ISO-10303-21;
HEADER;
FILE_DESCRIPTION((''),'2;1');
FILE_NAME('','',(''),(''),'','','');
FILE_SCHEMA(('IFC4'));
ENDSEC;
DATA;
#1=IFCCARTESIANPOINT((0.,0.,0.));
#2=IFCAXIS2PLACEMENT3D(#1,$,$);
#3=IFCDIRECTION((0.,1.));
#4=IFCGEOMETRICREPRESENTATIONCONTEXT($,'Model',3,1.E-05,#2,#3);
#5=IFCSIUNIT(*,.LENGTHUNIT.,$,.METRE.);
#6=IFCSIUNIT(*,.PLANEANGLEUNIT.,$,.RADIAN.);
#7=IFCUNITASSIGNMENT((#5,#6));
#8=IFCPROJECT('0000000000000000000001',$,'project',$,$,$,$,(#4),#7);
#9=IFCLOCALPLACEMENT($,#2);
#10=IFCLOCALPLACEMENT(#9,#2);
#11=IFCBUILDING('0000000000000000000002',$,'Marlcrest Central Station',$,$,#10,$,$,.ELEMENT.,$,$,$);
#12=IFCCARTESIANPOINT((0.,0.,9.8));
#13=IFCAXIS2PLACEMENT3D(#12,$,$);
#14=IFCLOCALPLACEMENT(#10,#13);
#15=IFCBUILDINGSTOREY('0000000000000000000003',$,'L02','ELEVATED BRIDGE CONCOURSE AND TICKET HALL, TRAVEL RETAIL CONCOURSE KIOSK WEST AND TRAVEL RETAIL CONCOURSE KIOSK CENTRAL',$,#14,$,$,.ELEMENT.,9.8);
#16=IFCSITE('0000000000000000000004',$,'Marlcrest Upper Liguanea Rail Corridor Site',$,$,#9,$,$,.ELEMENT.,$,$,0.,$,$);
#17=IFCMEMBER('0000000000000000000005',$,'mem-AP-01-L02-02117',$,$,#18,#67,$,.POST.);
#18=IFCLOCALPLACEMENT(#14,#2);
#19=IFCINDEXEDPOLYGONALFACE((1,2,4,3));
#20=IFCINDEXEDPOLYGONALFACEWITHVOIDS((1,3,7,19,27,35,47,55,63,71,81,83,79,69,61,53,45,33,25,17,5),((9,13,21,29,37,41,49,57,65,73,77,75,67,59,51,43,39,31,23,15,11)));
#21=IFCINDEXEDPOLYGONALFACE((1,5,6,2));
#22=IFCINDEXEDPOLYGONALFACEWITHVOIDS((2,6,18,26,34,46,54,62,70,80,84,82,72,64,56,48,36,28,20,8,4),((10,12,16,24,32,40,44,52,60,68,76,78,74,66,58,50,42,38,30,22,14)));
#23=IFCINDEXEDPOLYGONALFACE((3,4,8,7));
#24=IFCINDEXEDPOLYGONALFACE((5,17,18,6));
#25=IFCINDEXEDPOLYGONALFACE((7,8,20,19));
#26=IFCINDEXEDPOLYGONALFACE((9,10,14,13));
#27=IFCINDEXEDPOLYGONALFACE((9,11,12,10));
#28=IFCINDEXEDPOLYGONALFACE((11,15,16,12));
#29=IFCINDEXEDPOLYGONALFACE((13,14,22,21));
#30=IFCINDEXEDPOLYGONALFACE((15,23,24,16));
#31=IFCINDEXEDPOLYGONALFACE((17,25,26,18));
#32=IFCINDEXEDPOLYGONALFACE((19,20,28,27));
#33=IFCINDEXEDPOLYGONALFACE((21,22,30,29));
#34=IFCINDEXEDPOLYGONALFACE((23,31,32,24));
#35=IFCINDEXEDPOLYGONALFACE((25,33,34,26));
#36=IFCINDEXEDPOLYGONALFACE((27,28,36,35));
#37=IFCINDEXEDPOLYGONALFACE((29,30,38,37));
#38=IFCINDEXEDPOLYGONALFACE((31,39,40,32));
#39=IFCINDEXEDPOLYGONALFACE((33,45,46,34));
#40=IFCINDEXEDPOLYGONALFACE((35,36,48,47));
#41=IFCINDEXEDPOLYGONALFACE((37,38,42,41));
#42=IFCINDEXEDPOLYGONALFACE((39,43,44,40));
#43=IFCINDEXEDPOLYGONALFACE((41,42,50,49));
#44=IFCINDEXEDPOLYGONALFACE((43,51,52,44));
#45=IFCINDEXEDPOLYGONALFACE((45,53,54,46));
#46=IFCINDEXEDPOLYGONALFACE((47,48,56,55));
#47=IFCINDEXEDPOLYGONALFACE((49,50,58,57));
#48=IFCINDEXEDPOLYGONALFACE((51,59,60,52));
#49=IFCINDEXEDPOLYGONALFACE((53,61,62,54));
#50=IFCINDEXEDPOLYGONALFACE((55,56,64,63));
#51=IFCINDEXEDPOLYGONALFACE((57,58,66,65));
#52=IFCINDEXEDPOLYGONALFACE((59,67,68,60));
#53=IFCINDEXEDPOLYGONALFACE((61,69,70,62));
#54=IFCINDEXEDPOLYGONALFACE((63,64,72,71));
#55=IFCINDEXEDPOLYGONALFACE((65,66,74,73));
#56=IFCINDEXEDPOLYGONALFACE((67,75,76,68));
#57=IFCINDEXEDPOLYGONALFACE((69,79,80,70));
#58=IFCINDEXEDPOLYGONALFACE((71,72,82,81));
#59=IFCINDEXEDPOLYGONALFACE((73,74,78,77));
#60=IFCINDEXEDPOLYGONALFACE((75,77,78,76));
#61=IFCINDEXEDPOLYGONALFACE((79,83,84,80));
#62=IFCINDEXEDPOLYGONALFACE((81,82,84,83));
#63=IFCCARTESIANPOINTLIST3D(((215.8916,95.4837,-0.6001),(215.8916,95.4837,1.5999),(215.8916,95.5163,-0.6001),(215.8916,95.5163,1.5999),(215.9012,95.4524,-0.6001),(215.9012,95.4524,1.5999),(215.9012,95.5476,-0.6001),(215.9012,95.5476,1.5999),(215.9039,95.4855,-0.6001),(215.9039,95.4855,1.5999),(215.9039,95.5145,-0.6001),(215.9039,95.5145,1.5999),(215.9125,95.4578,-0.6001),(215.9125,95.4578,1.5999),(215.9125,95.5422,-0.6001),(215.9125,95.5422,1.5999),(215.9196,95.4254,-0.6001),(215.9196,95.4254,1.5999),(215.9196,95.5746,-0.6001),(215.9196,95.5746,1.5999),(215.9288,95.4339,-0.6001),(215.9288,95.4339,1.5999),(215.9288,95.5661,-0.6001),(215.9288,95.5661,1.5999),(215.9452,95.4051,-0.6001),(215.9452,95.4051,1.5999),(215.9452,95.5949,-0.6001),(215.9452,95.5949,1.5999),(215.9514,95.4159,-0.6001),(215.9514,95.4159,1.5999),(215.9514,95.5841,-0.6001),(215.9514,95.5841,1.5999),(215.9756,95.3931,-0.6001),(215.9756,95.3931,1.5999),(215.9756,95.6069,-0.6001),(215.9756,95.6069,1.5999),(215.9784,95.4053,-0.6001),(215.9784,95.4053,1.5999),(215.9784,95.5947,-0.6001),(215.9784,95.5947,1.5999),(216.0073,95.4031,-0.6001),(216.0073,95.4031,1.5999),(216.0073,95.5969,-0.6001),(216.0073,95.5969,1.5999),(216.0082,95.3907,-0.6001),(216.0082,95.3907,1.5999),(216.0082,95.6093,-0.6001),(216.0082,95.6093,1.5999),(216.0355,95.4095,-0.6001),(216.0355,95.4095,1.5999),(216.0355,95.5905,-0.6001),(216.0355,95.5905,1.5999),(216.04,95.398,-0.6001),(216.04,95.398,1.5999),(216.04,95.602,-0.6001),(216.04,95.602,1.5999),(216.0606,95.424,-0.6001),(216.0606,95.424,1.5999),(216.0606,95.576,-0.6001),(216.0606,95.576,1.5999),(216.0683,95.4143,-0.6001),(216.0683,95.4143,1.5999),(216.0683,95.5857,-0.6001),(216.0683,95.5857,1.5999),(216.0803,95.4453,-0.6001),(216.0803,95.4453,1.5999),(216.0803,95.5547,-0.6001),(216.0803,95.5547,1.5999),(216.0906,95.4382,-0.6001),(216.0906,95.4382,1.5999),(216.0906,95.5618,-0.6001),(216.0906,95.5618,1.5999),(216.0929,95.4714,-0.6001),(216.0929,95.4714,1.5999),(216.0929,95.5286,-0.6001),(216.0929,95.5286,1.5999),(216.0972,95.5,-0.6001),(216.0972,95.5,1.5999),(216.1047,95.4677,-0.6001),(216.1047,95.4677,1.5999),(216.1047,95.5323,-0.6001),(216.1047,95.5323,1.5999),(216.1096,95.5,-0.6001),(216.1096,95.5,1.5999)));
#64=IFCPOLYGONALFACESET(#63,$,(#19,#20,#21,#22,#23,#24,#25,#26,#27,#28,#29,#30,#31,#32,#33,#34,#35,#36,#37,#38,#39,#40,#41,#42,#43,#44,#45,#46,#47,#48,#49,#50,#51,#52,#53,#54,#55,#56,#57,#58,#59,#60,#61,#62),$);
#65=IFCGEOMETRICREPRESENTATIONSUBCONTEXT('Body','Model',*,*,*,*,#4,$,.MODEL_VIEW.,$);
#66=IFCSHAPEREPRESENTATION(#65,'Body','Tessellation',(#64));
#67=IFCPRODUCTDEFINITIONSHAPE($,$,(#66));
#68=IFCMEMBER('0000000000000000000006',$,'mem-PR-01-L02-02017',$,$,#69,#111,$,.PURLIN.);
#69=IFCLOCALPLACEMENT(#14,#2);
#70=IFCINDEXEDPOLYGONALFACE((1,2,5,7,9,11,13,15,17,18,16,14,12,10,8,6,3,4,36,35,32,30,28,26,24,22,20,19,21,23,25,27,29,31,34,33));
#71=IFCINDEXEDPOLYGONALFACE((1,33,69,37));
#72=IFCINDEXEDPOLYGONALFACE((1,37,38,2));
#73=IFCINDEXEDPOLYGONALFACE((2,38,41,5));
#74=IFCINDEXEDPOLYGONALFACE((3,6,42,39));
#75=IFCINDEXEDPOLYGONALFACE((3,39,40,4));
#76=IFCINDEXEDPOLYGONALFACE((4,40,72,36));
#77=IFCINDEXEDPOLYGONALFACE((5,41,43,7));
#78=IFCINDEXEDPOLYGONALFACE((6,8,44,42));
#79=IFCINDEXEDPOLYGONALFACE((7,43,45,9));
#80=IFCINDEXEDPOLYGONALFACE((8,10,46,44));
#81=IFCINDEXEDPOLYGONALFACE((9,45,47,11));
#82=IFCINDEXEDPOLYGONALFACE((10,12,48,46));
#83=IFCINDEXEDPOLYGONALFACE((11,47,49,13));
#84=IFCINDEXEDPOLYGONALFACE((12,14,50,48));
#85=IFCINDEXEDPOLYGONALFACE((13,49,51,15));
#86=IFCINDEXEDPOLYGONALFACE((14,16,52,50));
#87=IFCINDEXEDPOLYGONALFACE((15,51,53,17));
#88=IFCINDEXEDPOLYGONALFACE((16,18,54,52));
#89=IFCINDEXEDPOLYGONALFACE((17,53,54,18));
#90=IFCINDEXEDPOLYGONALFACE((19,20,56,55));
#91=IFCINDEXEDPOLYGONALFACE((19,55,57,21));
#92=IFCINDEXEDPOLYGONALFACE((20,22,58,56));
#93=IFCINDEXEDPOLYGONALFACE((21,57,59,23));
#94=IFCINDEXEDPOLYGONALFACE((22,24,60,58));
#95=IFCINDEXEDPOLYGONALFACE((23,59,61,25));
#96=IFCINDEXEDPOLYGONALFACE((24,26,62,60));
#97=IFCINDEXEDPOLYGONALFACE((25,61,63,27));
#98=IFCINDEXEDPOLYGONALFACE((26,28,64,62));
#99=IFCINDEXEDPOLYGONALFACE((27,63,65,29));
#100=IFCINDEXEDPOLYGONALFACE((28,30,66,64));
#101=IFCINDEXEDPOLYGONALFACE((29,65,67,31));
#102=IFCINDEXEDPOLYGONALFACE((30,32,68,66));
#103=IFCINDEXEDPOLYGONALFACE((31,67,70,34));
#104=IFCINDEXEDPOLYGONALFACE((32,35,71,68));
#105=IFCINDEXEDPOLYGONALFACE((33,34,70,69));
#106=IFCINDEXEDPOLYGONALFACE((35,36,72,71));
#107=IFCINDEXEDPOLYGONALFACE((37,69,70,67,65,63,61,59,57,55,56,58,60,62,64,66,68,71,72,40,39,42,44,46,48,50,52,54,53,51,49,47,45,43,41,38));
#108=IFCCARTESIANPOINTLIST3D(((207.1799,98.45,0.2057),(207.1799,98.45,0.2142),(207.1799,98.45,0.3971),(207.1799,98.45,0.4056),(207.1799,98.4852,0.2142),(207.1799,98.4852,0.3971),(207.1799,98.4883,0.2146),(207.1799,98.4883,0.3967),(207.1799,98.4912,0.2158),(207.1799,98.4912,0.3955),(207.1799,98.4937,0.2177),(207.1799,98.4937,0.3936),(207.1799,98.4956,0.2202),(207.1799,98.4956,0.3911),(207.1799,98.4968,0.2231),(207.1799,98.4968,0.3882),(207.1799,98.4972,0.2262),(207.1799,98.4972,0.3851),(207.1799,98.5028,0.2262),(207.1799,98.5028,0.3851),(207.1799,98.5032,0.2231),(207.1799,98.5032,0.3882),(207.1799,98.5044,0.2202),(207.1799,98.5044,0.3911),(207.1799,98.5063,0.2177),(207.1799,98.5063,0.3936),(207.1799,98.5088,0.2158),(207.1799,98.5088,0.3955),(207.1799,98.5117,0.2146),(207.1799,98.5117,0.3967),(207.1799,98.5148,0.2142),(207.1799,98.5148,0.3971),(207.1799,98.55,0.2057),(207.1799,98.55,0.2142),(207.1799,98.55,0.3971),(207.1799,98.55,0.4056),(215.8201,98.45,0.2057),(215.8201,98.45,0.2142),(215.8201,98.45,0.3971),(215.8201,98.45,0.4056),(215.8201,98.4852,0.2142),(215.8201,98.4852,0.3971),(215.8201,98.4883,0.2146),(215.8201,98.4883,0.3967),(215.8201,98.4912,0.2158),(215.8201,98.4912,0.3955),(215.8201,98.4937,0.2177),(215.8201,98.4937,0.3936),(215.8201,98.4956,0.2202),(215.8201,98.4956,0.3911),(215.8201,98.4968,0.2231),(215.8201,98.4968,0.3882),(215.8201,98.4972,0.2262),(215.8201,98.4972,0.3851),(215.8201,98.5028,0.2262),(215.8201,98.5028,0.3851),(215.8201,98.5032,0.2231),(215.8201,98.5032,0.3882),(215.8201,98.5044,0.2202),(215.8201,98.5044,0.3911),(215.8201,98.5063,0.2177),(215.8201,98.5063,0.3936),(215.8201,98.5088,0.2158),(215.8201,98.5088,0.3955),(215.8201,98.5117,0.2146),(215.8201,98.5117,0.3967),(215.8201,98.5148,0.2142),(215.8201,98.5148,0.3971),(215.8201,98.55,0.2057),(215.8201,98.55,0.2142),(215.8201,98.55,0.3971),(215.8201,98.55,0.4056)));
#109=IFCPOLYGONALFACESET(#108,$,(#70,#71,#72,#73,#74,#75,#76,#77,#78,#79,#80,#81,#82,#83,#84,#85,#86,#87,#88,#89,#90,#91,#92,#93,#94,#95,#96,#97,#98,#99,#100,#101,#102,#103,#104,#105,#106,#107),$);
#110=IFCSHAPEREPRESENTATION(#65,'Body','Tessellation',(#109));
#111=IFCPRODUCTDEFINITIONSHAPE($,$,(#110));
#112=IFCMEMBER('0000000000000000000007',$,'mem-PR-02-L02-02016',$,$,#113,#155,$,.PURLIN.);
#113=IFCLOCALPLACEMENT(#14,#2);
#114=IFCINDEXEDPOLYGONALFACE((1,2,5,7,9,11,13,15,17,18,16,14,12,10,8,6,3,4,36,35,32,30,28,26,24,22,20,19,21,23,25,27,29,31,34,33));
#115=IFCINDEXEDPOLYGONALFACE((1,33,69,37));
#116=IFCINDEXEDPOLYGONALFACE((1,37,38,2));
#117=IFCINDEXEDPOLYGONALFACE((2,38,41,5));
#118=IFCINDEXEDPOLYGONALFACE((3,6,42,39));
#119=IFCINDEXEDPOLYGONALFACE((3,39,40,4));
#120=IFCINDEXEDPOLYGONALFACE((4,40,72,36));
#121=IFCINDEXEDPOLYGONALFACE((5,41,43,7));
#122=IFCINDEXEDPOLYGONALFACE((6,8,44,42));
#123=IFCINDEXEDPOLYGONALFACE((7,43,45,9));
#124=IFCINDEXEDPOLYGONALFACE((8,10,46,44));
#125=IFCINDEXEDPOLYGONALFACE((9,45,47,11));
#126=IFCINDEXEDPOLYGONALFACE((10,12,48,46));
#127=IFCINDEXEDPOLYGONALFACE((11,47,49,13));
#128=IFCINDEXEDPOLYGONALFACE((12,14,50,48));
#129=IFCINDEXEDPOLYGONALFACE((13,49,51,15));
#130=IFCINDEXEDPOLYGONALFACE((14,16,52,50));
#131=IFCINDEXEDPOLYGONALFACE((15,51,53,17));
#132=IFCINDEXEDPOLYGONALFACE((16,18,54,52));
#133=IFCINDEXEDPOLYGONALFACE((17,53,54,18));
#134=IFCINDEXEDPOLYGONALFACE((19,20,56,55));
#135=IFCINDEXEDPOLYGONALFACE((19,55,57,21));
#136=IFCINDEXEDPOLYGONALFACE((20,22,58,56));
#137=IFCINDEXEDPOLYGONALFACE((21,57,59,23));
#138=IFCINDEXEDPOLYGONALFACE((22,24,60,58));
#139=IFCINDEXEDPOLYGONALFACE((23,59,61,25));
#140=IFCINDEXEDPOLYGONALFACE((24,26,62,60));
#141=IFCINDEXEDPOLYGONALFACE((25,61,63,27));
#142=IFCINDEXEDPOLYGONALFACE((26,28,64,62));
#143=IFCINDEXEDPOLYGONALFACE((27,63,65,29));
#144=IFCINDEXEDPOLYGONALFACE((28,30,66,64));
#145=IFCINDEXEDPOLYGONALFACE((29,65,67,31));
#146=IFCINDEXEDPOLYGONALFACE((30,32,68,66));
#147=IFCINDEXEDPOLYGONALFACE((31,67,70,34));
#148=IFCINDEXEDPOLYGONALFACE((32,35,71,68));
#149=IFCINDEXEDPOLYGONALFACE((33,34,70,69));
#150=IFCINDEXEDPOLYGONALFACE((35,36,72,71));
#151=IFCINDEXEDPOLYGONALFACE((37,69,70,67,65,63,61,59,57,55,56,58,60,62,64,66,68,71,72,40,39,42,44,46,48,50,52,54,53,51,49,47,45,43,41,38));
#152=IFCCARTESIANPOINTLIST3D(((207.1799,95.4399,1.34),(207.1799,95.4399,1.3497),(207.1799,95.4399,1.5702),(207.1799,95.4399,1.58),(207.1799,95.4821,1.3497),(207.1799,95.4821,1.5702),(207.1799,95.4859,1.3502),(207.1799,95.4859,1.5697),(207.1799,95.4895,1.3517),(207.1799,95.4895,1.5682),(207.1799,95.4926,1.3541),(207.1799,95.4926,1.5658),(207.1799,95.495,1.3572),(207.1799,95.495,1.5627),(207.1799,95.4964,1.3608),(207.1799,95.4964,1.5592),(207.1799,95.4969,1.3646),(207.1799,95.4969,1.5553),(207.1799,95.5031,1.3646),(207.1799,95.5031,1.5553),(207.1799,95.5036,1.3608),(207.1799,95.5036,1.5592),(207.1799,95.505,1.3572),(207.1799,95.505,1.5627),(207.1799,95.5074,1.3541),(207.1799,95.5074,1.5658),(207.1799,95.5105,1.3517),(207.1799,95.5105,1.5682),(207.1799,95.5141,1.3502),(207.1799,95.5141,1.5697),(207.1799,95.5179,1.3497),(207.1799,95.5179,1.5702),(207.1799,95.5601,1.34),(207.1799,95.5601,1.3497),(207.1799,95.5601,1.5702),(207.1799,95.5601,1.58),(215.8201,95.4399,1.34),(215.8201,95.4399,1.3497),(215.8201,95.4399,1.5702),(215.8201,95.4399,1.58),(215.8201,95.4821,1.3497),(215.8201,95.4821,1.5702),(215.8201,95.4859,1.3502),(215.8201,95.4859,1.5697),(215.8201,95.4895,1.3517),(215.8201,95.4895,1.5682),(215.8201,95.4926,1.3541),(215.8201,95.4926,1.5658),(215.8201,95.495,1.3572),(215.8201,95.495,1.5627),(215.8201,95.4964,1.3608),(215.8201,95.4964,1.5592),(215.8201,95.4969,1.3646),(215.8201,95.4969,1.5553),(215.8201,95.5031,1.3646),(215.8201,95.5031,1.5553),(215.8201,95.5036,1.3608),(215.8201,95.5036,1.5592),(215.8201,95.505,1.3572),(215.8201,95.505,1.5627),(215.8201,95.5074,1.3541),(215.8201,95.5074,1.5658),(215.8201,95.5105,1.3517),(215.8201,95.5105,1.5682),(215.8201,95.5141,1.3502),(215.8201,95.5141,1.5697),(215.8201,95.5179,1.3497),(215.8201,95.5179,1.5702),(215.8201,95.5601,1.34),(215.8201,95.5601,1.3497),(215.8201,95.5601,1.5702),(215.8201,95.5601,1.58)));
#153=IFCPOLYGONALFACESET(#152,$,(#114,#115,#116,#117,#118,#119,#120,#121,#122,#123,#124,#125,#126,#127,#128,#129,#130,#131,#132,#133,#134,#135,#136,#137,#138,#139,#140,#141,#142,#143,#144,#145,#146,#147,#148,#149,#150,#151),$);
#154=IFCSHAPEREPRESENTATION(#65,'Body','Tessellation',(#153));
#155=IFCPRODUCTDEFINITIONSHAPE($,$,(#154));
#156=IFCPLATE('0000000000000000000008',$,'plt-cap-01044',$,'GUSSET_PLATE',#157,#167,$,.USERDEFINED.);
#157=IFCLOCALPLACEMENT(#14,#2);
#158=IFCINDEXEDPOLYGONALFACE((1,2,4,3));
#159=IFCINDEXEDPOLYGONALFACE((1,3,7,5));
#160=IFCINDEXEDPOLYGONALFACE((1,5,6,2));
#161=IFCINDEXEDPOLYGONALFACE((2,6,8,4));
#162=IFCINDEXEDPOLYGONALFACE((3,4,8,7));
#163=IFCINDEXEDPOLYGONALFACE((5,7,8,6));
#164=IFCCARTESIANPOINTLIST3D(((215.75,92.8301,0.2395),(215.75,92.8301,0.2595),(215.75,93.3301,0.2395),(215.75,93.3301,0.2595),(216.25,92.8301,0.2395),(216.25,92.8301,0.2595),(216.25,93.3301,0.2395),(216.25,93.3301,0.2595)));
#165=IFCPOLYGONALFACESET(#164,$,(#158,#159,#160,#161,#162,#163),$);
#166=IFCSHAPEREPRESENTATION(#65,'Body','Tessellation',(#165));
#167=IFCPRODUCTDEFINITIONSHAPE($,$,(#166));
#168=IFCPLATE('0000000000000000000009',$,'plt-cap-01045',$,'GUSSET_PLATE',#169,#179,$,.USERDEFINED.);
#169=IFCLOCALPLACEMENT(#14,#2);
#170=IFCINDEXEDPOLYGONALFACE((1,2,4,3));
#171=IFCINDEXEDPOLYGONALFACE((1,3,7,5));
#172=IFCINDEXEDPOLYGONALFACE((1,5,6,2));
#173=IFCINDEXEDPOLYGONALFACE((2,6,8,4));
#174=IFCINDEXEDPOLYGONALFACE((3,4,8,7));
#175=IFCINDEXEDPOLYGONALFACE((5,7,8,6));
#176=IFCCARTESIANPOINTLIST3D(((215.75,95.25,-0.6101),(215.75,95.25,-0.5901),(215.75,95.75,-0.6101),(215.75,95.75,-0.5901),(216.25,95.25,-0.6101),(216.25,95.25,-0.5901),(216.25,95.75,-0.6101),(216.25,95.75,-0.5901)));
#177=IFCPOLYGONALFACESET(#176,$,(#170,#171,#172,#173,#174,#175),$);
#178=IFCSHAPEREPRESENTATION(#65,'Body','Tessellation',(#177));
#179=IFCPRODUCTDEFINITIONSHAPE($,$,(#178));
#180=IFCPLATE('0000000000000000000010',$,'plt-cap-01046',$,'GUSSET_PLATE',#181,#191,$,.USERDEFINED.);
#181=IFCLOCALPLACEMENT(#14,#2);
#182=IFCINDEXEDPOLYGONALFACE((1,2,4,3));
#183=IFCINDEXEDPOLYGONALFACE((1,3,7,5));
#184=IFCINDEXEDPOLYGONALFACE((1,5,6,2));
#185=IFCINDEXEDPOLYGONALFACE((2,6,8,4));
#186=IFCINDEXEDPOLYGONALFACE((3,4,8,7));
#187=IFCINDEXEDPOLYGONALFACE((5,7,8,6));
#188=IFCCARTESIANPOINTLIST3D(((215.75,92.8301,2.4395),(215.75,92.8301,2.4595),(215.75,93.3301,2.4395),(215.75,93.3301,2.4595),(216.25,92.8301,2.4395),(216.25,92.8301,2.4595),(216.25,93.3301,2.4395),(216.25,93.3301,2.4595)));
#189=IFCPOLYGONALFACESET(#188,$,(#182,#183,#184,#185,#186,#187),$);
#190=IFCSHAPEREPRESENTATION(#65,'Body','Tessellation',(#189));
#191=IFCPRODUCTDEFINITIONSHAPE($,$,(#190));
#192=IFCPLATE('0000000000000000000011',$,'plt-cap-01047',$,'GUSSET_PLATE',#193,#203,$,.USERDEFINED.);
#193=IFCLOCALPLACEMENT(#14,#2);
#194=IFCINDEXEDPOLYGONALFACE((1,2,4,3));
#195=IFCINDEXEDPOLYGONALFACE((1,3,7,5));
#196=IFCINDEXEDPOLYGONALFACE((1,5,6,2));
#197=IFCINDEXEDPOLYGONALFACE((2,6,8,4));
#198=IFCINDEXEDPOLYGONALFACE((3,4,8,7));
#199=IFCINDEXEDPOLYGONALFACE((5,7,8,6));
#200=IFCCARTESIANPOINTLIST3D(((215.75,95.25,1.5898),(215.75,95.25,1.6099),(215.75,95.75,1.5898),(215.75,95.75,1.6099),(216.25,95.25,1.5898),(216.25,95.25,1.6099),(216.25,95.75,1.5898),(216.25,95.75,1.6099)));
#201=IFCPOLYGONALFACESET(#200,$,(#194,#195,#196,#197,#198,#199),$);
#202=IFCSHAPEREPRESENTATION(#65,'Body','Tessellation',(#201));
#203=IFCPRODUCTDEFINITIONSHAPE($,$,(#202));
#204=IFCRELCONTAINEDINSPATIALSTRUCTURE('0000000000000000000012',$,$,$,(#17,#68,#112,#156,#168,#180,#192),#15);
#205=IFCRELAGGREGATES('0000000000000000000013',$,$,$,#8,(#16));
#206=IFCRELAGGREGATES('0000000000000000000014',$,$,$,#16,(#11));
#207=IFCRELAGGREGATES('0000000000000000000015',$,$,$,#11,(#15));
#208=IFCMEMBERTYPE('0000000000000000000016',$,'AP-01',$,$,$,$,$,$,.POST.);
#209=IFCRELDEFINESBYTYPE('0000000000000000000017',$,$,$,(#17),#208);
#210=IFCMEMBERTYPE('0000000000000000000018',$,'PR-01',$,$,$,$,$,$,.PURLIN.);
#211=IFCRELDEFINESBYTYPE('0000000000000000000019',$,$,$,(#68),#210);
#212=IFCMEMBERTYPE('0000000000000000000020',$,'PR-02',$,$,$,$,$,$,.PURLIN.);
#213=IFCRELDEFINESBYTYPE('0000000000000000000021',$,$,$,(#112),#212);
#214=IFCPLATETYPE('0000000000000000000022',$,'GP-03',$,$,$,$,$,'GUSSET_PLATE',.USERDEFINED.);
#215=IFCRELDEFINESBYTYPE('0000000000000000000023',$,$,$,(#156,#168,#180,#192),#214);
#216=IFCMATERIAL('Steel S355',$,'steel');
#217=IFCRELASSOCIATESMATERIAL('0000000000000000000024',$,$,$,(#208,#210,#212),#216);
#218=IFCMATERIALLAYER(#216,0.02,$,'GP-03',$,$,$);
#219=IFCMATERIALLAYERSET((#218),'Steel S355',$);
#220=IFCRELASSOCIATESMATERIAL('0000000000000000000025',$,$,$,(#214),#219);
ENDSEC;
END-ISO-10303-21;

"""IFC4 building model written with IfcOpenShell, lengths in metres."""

from ifc_helpers import new_model, si_unit, direction, frame, origin, origin_2d, place, context, subcontext, project, spatial, rectangle, hollow_circle, i_section, extrude, material, layer, layer_set, material_profile, profile_set, type_object, element, save


model = new_model("IFC4")

# Units and contexts
model_context = context("Model", 3, precision=1e-05, world=origin(), true_north=direction((0.0, 1.0)))
body_context = subcontext(model_context, "Body", "Model", "MODEL_VIEW")
ifc_project = project(units=[si_unit("LENGTHUNIT", "METRE"), si_unit("PLANEANGLEUNIT", "RADIAN")], contexts=[model_context])

# Site, building, storey
site_placement = place(None, origin())
site = spatial("IfcSite", under=ifc_project, at=site_placement, Name="Marlcrest Upper Liguanea Rail Corridor Site", CompositionType="ELEMENT", RefElevation=0.0)
building_placement = place(site_placement, origin())
building = spatial("IfcBuilding", under=site, at=building_placement, Name="Marlcrest Central Station", CompositionType="ELEMENT")
storey_placement = place(building_placement, frame((0.0, 0.0, 9.8)))
storey = spatial("IfcBuildingStorey", under=building, at=storey_placement, Name="L02", Description="ELEVATED BRIDGE CONCOURSE AND TICKET HALL, TRAVEL RETAIL CONCOURSE KIOSK WEST AND TRAVEL RETAIL CONCOURSE KIOSK CENTRAL", CompositionType="ELEMENT", Elevation=9.8)

# Members
ifc_material = material(Name="Steel S355", Category="steel")
ifc_material_profile_1 = material_profile(ifc_material, hollow_circle(Radius=0.1096, WallThickness=0.0125, at=origin_2d()), Name="CHS 219.1x12.5")
ifc_profile_set_1 = profile_set([ifc_material_profile_1], Name="Steel S355")
member_type_1 = type_object("IfcMemberType", Name="AP-01", PredefinedType="POST", material=ifc_profile_set_1)
for number, where, z_axis, x_axis, name in (
    (1, (216.0, 95.5, -0.6001), (0.0, 0.0, 1.0), (1.0, 0.0, 0.0), "mem-AP-01-L02-02117"),
):
    element("IfcMember", number, at=place(storey_placement, frame(where, z_axis=z_axis, x_axis=x_axis)), inside=storey, type_object=member_type_1, Name=name, PredefinedType="POST", context=body_context, shape_type="SweptSolid", body=[
        extrude(hollow_circle(Radius=0.1096, WallThickness=0.0125, at=origin_2d()), origin(), (0.0, 0.0, 1.0), 2.2),
    ])
ifc_material_profile_2 = material_profile(ifc_material, i_section(OverallWidth=0.1001, OverallDepth=0.2, WebThickness=0.0056, FlangeThickness=0.0085, FilletRadius=0.012, at=origin_2d()), Name="IPE 200")
ifc_profile_set_2 = profile_set([ifc_material_profile_2], Name="Steel S355")
member_type_2 = type_object("IfcMemberType", Name="PR-01", PredefinedType="PURLIN", material=ifc_profile_set_2)
member_1_placement = place(storey_placement, frame((207.1799, 98.5, 0.3057), z_axis=(1.0, 0.0, 0.0), x_axis=(0.0, 1.0, 0.0)))
element("IfcMember", 2, at=member_1_placement, inside=storey, type_object=member_type_2, Name="mem-PR-01-L02-02017", PredefinedType="PURLIN", context=body_context, shape_type="SweptSolid", body=[
    extrude(i_section(OverallWidth=0.1001, OverallDepth=0.2, WebThickness=0.0056, FlangeThickness=0.0085, FilletRadius=0.012, at=origin_2d()), origin(), (0.0, 0.0, 1.0), 8.6401),
])
ifc_material_profile_3 = material_profile(ifc_material, i_section(OverallWidth=0.1201, OverallDepth=0.24, WebThickness=0.0061, FlangeThickness=0.0098, FilletRadius=0.0149, at=origin_2d()), Name="IPE 240")
ifc_profile_set_3 = profile_set([ifc_material_profile_3], Name="Steel S355")
member_type_3 = type_object("IfcMemberType", Name="PR-02", PredefinedType="PURLIN", material=ifc_profile_set_3)
member_2_placement = place(storey_placement, frame((207.1799, 95.5, 1.46), z_axis=(1.0, 0.0, 0.0), x_axis=(0.0, 1.0, 0.0)))
element("IfcMember", 3, at=member_2_placement, inside=storey, type_object=member_type_3, Name="mem-PR-02-L02-02016", PredefinedType="PURLIN", context=body_context, shape_type="SweptSolid", body=[
    extrude(i_section(OverallWidth=0.1201, OverallDepth=0.24, WebThickness=0.0061, FlangeThickness=0.0098, FilletRadius=0.0149, at=origin_2d()), origin(), (0.0, 0.0, 1.0), 8.6401),
])

# Plates
ifc_layer = layer(ifc_material, 0.02, Name="GP-03")
ifc_layer_set = layer_set([ifc_layer], Name="Steel S355")
plate_type = type_object("IfcPlateType", Name="GP-03", ElementType="GUSSET_PLATE", PredefinedType="USERDEFINED", material=ifc_layer_set)
for number, where, z_axis, x_axis, name in (
    (4, (216.0, 93.0801, 0.2395), (0.0, 0.0, 1.0), (1.0, 0.0, 0.0), "plt-cap-01044"),
    (5, (216.0, 95.5, -0.6101), (0.0, 0.0, 1.0), (1.0, 0.0, 0.0), "plt-cap-01045"),
    (6, (216.0, 93.0801, 2.4395), (0.0, 0.0, 1.0), (1.0, 0.0, 0.0), "plt-cap-01046"),
    (7, (216.0, 95.5, 1.5898), (0.0, 0.0, 1.0), (1.0, 0.0, 0.0), "plt-cap-01047"),
):
    element("IfcPlate", number, at=place(storey_placement, frame(where, z_axis=z_axis, x_axis=x_axis)), inside=storey, type_object=plate_type, Name=name, ObjectType="GUSSET_PLATE", PredefinedType="USERDEFINED", context=body_context, shape_type="SweptSolid", body=[
        extrude(rectangle(XDim=0.5, YDim=0.5, at=origin_2d()), origin(), (0.0, 0.0, 1.0), 0.02),
    ])

save(model, "model.ifc")
